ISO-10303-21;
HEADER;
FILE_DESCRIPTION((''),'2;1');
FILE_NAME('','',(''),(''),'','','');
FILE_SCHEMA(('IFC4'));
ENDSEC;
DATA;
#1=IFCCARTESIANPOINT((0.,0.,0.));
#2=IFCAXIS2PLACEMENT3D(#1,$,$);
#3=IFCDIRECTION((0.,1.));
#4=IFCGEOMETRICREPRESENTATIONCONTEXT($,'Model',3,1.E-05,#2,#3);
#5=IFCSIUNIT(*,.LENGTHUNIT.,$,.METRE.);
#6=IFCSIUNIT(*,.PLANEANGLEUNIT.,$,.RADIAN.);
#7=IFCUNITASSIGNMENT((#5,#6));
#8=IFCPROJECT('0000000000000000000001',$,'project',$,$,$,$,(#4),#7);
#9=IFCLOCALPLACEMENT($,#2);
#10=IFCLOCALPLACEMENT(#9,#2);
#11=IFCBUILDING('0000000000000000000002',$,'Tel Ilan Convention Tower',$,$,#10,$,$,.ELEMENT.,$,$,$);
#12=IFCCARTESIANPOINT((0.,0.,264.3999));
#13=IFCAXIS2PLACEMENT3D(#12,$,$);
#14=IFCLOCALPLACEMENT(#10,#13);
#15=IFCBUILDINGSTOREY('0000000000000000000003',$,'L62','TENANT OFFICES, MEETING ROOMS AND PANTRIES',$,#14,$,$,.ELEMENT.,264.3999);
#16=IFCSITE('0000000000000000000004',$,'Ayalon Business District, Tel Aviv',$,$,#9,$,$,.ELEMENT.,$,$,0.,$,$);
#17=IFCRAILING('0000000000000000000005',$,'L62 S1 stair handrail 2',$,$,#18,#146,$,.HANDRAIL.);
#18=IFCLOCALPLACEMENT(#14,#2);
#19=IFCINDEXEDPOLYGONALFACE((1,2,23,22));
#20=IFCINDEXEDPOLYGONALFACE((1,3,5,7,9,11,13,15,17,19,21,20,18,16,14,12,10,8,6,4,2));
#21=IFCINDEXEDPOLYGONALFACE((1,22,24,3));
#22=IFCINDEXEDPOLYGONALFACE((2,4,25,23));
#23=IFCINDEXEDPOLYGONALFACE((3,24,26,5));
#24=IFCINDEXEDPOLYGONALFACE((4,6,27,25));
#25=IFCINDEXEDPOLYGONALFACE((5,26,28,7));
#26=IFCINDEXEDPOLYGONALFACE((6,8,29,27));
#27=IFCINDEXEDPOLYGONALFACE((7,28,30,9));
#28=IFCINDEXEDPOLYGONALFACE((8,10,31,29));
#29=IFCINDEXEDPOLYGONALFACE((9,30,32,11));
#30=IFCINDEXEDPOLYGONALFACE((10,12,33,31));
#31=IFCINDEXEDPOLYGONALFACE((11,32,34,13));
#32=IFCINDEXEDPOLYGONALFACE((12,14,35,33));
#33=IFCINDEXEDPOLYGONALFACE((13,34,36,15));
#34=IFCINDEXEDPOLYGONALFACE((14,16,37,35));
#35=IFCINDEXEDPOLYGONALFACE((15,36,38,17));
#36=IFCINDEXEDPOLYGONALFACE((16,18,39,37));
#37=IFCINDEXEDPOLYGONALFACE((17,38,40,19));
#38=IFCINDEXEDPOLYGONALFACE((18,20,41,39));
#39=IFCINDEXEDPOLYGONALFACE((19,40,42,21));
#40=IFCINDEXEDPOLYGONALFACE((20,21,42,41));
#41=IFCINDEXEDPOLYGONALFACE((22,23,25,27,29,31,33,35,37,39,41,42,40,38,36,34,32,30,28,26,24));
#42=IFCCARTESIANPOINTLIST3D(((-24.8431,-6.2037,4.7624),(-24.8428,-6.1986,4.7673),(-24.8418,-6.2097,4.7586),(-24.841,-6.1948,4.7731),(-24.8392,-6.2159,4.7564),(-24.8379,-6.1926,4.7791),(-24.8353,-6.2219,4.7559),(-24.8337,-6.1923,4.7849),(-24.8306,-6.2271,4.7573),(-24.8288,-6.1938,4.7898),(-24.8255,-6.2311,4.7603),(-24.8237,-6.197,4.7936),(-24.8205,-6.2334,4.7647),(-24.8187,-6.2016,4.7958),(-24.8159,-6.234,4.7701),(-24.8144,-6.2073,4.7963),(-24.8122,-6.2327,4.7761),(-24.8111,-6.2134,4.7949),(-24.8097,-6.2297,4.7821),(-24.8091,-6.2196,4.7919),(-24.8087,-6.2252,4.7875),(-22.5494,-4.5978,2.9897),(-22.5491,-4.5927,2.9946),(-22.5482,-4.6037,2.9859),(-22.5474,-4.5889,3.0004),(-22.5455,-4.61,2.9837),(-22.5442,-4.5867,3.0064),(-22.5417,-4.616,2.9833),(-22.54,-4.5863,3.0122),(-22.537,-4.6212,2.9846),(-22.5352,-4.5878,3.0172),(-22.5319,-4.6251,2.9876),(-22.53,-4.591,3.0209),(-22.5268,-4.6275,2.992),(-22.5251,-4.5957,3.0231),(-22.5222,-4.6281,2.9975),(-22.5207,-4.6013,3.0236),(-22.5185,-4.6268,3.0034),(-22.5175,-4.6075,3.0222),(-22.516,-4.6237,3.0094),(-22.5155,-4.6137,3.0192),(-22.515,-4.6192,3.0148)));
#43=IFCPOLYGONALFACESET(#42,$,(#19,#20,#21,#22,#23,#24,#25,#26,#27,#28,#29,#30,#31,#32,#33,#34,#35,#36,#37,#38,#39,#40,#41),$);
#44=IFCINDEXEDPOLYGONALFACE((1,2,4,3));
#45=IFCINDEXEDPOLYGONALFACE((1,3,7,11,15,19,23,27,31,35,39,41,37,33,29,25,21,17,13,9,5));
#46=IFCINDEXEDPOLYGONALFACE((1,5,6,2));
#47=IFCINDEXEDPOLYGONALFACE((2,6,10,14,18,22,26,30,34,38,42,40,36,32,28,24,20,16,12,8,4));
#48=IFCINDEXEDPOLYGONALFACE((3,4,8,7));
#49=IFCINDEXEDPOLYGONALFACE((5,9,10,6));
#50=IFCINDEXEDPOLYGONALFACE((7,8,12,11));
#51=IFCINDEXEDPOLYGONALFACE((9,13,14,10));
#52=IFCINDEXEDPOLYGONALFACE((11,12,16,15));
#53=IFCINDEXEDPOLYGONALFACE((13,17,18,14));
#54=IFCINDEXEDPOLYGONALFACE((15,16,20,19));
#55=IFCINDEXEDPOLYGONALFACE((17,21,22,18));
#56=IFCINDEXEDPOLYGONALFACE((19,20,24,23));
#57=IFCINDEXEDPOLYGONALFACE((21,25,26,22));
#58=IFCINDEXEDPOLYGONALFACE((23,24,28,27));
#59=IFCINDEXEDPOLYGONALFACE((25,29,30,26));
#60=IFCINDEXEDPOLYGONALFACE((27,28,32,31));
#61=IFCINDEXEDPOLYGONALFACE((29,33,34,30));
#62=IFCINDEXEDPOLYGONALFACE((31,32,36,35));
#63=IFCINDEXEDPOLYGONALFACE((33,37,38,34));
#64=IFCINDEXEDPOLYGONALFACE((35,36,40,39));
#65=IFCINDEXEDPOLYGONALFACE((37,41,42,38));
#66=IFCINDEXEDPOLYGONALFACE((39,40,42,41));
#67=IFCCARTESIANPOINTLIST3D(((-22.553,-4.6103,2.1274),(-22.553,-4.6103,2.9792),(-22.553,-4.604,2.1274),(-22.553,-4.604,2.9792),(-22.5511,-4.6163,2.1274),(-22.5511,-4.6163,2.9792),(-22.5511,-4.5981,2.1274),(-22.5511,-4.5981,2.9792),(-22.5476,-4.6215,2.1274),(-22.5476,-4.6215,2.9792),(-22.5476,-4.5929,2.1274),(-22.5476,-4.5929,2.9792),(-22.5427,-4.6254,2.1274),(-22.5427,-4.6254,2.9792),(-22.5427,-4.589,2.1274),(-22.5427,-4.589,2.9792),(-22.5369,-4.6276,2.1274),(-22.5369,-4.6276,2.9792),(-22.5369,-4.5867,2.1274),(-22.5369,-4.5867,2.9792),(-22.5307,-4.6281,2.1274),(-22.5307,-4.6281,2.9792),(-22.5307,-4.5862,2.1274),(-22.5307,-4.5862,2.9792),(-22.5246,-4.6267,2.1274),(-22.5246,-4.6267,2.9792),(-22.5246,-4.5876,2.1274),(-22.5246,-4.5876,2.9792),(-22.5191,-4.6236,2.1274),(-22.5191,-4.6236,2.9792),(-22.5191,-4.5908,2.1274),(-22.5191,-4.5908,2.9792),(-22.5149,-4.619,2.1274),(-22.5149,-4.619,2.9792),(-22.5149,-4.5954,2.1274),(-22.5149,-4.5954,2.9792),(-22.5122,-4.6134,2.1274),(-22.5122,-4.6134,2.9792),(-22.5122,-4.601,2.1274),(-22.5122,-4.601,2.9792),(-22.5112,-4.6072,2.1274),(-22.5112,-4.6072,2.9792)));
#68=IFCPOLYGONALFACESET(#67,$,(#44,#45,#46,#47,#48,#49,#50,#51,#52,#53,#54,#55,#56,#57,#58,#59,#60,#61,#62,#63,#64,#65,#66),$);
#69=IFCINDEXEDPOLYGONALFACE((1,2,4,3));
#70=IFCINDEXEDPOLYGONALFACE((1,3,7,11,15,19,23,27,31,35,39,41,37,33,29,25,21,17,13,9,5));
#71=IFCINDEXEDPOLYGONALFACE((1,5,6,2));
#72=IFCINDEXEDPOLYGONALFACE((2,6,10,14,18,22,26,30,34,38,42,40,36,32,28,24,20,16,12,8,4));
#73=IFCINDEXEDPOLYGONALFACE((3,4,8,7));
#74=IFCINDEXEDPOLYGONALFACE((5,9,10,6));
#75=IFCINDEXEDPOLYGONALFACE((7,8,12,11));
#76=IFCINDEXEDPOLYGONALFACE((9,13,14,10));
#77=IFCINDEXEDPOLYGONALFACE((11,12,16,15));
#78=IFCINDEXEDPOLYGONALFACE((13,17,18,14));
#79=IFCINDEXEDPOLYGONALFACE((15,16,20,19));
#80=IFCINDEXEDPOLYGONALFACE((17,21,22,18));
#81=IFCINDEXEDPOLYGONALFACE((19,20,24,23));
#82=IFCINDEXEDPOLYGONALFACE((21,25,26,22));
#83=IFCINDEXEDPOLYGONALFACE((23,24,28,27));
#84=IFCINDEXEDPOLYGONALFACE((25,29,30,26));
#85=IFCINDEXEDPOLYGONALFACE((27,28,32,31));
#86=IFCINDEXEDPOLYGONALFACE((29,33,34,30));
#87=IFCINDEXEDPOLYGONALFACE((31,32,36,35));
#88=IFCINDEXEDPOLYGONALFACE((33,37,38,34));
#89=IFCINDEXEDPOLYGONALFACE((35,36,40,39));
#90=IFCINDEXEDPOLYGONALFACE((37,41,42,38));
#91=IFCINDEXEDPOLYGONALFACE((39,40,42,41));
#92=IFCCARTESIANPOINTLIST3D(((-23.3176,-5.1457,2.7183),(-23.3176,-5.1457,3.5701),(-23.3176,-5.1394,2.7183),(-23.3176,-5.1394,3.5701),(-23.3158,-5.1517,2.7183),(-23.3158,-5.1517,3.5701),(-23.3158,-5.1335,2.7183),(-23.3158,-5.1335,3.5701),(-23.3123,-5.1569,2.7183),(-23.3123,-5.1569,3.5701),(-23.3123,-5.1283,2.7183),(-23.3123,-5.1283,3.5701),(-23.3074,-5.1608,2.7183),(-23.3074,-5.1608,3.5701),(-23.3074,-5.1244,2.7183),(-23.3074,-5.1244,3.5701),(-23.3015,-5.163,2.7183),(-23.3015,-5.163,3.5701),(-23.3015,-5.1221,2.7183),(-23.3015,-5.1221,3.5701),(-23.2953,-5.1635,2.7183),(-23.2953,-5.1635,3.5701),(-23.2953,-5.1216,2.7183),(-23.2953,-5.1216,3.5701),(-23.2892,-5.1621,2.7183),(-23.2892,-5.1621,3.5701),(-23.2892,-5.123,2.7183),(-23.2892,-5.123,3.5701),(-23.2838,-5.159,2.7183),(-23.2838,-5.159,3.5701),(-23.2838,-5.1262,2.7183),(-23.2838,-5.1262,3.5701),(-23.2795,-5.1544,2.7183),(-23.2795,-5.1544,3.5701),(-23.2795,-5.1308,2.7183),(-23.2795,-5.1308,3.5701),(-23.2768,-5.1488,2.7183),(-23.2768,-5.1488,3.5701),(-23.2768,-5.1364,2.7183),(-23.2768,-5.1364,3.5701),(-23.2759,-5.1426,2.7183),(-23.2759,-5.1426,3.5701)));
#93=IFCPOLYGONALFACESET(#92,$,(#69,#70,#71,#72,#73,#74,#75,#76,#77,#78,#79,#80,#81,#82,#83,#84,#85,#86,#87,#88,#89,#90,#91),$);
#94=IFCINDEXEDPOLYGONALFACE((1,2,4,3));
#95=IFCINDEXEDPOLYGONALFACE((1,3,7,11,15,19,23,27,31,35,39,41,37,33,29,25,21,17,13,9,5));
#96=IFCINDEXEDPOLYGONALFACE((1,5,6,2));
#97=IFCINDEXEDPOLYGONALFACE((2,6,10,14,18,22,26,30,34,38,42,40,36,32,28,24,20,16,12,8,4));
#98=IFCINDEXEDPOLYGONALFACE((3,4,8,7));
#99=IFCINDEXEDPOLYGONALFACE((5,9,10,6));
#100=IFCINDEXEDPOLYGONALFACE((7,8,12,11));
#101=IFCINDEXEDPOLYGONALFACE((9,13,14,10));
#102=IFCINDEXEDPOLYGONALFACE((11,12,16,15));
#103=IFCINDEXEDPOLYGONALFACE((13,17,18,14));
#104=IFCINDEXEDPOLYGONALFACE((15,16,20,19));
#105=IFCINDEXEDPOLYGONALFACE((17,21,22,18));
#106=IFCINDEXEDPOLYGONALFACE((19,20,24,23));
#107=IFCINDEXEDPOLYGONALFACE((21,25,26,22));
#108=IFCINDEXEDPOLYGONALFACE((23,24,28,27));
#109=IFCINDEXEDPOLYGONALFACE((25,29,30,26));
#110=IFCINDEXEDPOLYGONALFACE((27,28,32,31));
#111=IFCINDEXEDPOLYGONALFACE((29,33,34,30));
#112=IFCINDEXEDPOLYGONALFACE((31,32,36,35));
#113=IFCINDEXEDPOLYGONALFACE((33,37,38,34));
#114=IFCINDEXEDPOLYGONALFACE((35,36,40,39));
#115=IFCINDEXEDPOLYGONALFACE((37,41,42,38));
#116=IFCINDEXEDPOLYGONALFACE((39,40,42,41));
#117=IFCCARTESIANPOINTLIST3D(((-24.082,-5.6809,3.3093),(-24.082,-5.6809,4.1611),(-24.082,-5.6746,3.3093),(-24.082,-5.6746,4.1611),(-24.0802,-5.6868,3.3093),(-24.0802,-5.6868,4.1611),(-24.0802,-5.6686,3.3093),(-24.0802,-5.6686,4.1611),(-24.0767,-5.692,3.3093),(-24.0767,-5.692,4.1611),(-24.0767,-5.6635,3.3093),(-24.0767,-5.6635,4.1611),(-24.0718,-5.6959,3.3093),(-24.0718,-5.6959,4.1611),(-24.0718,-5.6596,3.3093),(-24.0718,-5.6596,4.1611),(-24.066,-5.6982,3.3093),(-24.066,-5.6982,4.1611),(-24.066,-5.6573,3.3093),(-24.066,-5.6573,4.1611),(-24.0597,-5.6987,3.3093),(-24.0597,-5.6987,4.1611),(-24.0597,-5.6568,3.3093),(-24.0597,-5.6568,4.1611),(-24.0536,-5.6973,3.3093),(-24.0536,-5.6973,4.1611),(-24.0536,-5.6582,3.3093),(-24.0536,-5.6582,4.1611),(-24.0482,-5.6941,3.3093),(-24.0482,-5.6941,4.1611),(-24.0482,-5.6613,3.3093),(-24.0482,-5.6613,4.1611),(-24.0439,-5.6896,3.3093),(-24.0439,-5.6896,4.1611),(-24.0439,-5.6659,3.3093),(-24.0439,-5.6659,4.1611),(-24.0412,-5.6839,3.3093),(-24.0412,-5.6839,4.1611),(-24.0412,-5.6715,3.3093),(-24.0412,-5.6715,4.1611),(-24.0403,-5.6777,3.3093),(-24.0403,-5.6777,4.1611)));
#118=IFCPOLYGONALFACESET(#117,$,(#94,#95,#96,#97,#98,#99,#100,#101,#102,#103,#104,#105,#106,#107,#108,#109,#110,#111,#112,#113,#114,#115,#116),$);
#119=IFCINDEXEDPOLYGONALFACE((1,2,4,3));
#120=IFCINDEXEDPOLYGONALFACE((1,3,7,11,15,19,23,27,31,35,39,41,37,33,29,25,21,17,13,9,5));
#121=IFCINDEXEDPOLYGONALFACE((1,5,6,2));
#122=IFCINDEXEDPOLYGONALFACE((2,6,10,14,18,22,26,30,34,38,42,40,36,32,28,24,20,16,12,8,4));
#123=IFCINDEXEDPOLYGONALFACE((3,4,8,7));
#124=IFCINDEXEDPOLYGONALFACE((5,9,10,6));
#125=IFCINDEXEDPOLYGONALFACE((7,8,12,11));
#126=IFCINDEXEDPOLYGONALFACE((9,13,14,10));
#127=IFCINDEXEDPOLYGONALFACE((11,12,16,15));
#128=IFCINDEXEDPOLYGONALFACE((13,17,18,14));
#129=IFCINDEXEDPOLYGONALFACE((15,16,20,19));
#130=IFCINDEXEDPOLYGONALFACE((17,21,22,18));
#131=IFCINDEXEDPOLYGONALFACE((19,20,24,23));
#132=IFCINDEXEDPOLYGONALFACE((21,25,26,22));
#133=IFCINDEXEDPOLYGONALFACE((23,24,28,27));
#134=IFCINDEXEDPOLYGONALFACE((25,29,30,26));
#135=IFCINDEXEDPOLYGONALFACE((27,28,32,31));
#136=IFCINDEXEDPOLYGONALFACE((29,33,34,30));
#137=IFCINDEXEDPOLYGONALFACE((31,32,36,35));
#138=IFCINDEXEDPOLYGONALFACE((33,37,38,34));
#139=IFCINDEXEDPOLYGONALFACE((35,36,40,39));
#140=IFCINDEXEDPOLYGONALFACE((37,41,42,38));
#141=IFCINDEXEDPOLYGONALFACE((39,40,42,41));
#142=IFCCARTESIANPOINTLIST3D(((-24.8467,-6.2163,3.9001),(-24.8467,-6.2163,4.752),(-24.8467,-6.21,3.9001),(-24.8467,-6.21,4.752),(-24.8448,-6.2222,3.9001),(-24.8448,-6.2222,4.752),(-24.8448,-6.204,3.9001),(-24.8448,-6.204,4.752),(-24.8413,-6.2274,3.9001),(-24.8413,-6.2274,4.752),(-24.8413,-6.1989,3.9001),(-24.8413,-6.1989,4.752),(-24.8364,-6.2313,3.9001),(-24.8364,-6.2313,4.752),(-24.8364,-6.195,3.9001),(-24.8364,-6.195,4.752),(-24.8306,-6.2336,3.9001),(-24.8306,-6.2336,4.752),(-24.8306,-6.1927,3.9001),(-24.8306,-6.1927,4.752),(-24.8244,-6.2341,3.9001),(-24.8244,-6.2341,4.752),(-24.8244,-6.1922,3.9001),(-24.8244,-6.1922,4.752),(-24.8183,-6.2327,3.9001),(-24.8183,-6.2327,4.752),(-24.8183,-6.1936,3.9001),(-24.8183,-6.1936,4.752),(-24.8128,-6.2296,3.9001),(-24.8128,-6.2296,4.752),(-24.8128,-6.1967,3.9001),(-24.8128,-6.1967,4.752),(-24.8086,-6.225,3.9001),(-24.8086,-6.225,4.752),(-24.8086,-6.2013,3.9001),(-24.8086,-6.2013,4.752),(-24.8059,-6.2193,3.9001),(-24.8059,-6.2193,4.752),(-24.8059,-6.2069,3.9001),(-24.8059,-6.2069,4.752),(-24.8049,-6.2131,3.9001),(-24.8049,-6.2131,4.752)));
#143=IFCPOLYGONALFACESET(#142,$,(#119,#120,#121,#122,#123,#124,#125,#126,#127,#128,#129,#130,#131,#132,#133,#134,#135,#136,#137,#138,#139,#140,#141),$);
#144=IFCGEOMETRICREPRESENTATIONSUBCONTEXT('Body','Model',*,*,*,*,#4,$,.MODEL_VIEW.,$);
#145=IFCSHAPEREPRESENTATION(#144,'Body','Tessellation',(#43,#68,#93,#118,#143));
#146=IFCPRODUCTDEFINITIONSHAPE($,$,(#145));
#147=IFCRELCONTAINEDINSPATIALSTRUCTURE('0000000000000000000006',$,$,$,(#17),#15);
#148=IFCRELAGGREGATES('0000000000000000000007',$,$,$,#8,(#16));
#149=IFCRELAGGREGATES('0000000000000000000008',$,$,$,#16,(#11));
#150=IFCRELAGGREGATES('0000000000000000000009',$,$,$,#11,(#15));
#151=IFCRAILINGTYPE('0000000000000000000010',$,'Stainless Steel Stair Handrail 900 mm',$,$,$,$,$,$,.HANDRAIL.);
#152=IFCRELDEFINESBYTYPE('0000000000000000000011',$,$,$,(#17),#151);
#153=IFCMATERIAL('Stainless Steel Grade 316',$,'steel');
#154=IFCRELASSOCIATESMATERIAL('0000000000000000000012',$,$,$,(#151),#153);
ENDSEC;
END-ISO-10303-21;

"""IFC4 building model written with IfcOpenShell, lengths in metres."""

from ifc_helpers import new_model, si_unit, direction, frame, origin, origin_2d, place, context, subcontext, project, spatial, circle, extrude, material, type_object, element, save


model = new_model("IFC4")

# Units and contexts
model_context = context("Model", 3, precision=1e-05, world=origin(), true_north=direction((0.0, 1.0)))
body_context = subcontext(model_context, "Body", "Model", "MODEL_VIEW")
ifc_project = project(units=[si_unit("LENGTHUNIT", "METRE"), si_unit("PLANEANGLEUNIT", "RADIAN")], contexts=[model_context])

# Site, building, storey
site_placement = place(None, origin())
site = spatial("IfcSite", under=ifc_project, at=site_placement, Name="Ayalon Business District, Tel Aviv", CompositionType="ELEMENT", RefElevation=0.0)
building_placement = place(site_placement, origin())
building = spatial("IfcBuilding", under=site, at=building_placement, Name="Tel Ilan Convention Tower", CompositionType="ELEMENT")
storey_placement = place(building_placement, frame((0.0, 0.0, 264.3999)))
storey = spatial("IfcBuildingStorey", under=building, at=storey_placement, Name="L62", Description="TENANT OFFICES, MEETING ROOMS AND PANTRIES", CompositionType="ELEMENT", Elevation=264.3999)

# Railing
ifc_material_1 = material(Name="Stainless Steel Grade 316", Category="steel")
railing_type_1 = type_object("IfcRailingType", Name="Stainless Steel Stair Handrail 900 mm", PredefinedType="HANDRAIL", material=ifc_material_1)
for number, where, name in (
    (1, (-22.5322, -4.6072, 2.1274), "L62 S1 stair handrail 2"),
):
    element("IfcRailing", number, at=place(storey_placement, frame(where)), inside=storey, type_object=railing_type_1, Name=name, PredefinedType="HANDRAIL", context=body_context, shape_type="SweptSolid", body=[
        extrude(circle(Radius=0.0239, at=origin_2d()), frame((0.0, 0.0, 0.876), z_axis=(-0.692123, -0.484597, 0.534913), x_axis=(0.57355, -0.81917, 0.0)), (0.0, 0.0, 1.0), 3.314),
        extrude(circle(Radius=0.021, at=origin_2d()), origin(), (0.0, 0.0, 1.0), 0.8518),
        extrude(circle(Radius=0.021, at=origin_2d()), frame((-0.7646, -0.5354, 0.5908)), (0.0, 0.0, 1.0), 0.8518),
        extrude(circle(Radius=0.021, at=origin_2d()), frame((-1.5291, -1.0706, 1.1819)), (0.0, 0.0, 1.0), 0.8518),
        extrude(circle(Radius=0.021, at=origin_2d()), frame((-2.2937, -1.606, 1.7727)), (0.0, 0.0, 1.0), 0.8518),
    ])

save(model, "model.ifc")
